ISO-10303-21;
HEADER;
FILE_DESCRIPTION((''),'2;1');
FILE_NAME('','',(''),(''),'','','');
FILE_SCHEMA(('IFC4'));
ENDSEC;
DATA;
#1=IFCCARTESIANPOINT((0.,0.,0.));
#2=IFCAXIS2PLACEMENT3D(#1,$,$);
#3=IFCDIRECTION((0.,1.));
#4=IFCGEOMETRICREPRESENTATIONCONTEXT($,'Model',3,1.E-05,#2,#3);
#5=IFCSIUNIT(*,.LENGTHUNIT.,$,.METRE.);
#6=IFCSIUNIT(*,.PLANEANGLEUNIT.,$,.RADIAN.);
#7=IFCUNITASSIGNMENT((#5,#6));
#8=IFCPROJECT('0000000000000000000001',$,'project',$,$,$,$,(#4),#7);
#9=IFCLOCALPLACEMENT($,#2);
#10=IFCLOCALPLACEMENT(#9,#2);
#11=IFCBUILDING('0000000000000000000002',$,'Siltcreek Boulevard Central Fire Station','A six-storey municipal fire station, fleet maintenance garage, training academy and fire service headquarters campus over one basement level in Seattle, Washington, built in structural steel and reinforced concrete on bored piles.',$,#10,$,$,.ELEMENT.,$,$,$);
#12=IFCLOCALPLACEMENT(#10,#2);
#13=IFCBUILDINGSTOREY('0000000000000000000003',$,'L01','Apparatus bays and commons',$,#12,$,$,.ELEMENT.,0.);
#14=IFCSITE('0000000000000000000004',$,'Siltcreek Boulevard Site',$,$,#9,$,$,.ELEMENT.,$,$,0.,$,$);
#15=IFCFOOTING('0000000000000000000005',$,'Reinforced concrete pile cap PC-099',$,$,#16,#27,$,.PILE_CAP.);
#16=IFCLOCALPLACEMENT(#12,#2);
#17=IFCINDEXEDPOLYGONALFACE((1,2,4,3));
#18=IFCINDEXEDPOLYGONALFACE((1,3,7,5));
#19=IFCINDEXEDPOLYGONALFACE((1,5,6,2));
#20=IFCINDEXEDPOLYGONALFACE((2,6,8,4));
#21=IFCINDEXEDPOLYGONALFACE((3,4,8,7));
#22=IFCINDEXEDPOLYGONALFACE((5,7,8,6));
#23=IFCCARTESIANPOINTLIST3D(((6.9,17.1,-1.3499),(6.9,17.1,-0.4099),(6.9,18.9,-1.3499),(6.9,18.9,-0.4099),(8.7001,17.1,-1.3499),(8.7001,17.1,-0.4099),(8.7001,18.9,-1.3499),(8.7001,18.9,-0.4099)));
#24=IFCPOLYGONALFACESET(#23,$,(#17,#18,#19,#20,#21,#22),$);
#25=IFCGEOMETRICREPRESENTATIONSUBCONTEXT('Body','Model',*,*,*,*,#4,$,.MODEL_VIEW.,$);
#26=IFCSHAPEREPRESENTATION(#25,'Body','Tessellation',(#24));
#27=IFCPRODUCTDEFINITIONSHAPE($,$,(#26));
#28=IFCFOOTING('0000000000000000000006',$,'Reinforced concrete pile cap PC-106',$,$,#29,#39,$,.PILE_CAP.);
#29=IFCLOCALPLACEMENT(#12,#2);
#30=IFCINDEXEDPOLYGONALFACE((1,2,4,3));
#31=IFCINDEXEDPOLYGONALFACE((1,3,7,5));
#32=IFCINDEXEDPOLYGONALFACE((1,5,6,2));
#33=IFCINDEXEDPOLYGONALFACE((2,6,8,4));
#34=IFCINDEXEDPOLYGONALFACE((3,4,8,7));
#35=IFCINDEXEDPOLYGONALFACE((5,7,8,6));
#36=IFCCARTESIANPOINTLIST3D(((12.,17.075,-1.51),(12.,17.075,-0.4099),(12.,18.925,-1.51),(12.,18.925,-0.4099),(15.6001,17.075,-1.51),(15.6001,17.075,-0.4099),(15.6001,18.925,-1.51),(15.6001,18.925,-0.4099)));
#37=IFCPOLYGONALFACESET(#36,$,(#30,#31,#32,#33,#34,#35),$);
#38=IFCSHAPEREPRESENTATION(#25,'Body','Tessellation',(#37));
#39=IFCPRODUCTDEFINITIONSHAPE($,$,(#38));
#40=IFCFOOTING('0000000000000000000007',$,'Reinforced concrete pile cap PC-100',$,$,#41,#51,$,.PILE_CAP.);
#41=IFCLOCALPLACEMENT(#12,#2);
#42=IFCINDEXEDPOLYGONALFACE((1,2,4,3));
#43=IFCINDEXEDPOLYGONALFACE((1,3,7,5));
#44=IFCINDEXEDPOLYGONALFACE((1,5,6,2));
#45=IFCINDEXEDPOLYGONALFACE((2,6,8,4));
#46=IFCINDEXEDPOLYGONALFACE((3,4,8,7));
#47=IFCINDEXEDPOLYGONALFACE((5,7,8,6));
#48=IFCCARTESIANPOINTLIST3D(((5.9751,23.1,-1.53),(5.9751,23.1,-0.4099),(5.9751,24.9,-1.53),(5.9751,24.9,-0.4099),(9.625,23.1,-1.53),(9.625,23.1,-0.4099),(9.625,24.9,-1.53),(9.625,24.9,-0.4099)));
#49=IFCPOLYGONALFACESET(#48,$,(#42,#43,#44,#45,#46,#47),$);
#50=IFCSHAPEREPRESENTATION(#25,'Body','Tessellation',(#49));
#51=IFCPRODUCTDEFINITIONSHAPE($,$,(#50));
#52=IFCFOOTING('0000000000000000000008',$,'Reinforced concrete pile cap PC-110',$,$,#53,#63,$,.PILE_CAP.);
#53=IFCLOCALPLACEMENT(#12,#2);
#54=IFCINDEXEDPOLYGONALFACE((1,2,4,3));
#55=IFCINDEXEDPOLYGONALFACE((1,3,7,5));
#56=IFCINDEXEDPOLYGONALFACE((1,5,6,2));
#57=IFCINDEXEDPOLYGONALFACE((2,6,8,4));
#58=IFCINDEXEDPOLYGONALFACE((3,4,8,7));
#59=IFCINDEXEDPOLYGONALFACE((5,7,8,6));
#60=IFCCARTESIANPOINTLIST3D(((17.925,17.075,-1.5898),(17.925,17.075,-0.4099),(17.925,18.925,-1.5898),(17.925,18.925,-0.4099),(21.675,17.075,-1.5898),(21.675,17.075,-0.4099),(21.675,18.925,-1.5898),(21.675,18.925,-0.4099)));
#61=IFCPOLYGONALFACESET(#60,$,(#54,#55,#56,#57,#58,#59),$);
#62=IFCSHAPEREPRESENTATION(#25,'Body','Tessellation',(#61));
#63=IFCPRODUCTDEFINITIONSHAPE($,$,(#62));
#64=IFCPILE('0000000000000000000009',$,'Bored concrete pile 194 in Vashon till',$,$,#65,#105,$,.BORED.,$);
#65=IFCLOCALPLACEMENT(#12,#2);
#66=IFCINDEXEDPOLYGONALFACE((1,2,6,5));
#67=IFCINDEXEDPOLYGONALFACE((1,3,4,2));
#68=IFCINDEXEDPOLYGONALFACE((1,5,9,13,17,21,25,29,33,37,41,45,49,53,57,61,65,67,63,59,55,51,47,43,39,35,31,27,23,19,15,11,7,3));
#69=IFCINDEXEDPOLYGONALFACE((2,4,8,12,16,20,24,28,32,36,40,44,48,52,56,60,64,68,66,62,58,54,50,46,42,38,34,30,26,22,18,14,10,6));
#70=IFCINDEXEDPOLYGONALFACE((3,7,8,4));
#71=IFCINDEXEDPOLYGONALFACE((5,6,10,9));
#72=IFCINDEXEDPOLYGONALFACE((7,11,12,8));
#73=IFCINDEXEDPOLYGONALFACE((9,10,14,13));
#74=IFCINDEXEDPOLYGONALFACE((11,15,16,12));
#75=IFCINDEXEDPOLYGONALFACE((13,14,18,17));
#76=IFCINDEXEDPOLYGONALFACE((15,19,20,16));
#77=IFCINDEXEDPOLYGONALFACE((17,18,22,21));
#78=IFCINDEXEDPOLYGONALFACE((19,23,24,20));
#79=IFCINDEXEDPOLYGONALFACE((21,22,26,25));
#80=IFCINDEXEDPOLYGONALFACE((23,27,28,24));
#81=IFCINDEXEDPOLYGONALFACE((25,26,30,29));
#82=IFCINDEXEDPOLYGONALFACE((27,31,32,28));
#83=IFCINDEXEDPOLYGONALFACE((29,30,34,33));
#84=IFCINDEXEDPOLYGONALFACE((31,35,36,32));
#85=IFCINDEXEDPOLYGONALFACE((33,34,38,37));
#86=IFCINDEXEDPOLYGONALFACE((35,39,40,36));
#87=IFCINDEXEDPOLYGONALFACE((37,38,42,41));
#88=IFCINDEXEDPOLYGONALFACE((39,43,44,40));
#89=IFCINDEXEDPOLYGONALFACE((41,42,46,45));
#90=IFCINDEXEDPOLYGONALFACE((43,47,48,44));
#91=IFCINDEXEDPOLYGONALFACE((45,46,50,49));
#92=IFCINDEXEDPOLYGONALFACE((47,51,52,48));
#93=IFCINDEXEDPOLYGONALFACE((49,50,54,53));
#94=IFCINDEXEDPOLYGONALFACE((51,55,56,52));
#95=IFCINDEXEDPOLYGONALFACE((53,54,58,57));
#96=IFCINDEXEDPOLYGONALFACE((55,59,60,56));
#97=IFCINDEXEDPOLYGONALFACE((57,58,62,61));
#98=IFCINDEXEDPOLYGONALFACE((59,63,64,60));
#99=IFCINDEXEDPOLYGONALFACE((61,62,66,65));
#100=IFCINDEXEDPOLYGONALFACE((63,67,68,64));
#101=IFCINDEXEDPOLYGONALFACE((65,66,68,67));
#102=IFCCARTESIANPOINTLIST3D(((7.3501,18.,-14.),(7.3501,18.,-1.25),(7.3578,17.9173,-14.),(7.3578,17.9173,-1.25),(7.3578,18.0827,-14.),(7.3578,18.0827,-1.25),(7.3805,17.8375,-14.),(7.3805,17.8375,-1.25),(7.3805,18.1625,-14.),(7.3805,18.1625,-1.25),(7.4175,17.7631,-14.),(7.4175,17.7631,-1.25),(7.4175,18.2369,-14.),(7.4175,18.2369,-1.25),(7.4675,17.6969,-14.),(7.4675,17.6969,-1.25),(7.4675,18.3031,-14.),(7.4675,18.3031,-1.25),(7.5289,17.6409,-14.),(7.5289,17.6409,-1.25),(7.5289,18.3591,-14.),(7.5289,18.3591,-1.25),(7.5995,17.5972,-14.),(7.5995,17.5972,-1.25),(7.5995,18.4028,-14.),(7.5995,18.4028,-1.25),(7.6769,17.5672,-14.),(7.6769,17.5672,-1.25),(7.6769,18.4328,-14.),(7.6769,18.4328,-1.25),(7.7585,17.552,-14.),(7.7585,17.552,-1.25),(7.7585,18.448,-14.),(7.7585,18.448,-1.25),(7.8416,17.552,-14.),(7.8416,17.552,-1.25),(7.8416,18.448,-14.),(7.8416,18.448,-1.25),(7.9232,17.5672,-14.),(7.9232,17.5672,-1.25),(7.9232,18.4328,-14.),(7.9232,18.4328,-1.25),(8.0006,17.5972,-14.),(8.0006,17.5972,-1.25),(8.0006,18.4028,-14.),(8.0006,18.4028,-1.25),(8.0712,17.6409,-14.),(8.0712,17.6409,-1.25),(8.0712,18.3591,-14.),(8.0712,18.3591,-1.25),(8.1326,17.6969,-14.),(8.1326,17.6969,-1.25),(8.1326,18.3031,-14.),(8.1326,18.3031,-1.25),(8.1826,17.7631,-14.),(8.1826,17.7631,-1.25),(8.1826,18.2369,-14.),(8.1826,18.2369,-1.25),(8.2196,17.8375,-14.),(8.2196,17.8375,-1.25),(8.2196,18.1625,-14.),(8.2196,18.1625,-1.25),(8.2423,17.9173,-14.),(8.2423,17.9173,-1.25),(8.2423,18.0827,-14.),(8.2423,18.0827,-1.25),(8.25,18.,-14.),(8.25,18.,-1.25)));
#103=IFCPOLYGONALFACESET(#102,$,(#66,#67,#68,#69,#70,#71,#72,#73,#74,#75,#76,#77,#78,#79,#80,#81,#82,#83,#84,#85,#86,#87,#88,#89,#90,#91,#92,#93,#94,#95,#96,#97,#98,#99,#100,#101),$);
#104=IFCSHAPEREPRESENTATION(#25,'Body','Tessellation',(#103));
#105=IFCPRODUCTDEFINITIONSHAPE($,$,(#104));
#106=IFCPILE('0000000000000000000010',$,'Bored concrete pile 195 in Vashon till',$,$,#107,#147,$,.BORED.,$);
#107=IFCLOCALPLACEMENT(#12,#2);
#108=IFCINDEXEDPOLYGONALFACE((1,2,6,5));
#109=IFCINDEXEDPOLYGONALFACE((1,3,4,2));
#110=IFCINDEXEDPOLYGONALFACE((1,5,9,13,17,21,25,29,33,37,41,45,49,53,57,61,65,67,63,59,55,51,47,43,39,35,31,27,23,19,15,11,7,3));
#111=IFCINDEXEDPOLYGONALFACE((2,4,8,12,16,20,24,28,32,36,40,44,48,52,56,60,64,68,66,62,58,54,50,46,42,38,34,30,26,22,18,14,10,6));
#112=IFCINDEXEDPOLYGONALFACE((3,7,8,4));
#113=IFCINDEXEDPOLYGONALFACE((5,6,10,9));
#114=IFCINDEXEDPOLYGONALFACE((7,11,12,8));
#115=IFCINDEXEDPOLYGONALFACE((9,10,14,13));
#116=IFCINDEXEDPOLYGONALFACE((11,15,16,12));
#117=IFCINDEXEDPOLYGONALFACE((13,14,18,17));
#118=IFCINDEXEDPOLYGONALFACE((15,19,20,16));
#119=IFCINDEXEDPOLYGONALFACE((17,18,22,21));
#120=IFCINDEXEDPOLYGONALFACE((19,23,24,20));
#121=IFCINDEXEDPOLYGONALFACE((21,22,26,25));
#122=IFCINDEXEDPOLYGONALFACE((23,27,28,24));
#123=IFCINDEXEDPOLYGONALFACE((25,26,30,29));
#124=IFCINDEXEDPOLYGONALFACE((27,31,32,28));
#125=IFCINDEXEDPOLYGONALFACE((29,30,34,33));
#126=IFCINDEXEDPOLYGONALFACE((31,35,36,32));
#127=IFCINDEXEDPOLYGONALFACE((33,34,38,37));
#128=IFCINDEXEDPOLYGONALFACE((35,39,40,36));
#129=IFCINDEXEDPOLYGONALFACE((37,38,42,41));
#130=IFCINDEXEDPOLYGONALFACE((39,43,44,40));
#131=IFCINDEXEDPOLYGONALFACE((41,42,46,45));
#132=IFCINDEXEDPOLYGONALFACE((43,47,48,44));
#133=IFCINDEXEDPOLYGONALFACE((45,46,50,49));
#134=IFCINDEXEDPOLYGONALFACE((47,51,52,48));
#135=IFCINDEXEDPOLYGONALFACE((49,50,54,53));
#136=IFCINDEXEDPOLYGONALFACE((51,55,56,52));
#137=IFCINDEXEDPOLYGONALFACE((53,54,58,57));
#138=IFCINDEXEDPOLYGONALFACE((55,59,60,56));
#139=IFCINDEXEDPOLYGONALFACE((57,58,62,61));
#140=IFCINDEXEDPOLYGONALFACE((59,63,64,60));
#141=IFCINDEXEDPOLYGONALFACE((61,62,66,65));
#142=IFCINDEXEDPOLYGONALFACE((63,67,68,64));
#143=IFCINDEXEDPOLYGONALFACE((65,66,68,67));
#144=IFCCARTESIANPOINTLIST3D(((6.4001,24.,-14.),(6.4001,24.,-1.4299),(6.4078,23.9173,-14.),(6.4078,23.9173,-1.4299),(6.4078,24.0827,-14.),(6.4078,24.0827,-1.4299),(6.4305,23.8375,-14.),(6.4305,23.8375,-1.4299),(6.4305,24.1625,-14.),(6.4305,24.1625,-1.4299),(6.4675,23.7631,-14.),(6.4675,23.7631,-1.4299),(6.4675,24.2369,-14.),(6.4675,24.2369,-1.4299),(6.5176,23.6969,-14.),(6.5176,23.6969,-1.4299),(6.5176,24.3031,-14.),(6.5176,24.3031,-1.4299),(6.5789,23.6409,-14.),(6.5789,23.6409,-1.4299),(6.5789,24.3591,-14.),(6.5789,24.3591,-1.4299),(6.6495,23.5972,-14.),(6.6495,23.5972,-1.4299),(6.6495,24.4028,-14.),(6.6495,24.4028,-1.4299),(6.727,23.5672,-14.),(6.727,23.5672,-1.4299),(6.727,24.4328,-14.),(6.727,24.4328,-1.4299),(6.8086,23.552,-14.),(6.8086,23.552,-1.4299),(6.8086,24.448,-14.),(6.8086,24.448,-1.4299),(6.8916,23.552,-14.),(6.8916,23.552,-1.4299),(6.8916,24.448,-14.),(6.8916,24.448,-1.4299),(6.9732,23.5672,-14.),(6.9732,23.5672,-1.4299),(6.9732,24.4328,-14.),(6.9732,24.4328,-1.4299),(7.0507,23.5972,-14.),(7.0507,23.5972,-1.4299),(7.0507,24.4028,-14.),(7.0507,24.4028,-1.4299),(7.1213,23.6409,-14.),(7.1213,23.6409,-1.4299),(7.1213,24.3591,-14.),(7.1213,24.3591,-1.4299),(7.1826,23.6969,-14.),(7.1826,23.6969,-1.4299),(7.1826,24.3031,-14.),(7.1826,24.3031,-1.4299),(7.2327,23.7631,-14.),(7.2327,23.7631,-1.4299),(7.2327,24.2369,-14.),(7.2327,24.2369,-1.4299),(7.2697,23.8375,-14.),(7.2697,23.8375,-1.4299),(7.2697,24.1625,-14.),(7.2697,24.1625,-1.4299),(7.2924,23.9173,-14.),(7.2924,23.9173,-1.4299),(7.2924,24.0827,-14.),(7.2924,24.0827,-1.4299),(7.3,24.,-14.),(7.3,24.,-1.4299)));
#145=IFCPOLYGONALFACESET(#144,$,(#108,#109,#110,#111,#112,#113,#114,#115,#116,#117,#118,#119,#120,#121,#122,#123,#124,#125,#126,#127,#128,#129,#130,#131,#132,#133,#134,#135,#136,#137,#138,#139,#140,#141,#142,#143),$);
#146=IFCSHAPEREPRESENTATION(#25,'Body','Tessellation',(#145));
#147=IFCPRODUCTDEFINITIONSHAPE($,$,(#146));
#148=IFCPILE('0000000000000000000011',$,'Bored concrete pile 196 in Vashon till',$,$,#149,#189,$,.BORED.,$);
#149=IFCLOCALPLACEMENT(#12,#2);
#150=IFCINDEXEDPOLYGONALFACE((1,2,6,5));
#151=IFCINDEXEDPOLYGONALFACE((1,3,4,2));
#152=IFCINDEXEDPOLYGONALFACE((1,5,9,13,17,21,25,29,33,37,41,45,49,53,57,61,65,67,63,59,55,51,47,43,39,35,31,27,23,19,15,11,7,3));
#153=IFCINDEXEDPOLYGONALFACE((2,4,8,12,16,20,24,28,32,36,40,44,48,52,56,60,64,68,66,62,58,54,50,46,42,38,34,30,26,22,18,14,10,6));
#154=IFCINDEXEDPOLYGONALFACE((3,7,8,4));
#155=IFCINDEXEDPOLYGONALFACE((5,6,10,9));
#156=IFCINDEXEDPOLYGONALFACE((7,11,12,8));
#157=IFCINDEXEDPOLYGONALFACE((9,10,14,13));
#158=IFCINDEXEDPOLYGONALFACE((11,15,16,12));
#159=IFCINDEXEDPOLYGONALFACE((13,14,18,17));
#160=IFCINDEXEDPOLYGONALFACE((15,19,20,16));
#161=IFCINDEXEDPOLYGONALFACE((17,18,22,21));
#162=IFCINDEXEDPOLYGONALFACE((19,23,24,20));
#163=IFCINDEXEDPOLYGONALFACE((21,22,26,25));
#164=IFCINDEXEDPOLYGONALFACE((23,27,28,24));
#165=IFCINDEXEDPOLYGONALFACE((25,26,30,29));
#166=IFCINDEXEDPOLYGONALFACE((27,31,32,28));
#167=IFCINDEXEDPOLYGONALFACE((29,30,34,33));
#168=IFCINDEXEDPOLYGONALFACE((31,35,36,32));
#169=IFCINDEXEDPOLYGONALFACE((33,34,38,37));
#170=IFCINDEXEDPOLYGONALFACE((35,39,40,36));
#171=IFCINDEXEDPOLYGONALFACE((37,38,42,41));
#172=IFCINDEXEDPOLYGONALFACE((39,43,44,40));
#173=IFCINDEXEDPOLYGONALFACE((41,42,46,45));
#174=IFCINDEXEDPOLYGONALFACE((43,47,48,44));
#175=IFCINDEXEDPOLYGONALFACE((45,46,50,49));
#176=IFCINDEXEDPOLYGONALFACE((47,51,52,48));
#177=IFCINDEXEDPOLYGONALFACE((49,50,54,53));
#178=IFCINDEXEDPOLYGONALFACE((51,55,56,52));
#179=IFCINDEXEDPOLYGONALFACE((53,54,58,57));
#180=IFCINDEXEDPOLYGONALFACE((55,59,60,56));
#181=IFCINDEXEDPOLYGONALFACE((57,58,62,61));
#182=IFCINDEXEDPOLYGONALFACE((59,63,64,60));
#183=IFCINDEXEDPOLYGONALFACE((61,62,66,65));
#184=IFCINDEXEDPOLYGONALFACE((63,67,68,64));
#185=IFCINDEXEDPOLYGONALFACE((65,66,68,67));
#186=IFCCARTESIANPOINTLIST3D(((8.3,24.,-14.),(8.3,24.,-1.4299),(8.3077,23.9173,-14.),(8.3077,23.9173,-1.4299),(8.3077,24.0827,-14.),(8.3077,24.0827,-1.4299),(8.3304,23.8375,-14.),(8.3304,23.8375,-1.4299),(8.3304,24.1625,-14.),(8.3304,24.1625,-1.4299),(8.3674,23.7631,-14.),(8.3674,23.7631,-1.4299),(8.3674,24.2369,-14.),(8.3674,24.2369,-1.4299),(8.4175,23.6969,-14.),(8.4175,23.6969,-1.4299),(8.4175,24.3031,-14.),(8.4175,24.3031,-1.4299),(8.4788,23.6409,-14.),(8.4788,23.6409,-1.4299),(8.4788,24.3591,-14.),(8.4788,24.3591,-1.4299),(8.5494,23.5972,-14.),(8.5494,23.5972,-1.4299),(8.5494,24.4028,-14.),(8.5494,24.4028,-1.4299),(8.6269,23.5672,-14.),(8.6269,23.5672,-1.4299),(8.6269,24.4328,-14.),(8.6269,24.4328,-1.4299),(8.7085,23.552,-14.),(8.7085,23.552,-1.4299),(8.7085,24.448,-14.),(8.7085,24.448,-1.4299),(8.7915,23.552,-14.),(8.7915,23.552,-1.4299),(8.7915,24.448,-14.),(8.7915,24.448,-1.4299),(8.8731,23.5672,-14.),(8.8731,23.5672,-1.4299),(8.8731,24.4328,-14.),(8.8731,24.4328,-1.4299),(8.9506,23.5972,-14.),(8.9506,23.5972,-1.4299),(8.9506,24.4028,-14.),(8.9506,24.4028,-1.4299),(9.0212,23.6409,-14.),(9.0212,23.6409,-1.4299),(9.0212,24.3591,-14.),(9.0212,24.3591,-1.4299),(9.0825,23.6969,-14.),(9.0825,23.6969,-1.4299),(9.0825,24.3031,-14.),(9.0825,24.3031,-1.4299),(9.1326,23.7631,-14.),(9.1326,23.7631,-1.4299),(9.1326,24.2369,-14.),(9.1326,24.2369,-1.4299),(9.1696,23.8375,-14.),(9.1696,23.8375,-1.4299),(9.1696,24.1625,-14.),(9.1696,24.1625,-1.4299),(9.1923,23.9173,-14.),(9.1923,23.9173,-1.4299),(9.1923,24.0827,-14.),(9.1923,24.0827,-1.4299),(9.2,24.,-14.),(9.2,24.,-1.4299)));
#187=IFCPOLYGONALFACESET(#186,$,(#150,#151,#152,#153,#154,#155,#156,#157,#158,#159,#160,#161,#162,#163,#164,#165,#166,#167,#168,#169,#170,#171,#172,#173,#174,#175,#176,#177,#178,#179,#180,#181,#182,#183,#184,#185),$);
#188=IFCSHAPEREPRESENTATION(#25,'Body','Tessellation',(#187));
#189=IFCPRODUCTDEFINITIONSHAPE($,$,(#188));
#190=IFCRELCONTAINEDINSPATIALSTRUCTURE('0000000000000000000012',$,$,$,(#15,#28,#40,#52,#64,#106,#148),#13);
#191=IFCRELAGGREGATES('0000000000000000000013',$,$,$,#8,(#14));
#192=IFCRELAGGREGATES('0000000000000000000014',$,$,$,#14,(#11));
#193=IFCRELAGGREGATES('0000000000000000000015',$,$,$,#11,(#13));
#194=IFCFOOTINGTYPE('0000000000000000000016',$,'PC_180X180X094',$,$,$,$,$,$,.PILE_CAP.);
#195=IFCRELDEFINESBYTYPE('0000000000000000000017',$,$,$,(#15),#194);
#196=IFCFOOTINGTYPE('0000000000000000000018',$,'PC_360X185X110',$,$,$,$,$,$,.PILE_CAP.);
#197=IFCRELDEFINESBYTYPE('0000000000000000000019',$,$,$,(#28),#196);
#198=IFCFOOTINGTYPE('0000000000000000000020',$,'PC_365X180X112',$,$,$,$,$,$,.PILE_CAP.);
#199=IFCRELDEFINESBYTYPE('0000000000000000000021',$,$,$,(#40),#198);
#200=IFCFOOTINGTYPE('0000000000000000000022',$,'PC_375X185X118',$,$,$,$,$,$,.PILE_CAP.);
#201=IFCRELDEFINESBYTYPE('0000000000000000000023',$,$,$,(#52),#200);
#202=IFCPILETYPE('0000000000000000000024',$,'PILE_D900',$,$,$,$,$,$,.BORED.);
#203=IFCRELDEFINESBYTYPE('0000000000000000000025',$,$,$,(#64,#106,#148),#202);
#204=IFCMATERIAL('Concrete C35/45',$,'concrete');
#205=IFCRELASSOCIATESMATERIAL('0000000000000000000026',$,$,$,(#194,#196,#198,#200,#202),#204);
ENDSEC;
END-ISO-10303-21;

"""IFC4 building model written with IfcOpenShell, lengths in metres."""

from ifc_helpers import new_model, si_unit, direction, frame, origin, origin_2d, place, context, subcontext, project, spatial, rectangle, circle, extrude, material, material_profile, profile_set, type_object, element, save


model = new_model("IFC4")

# Units and contexts
model_context = context("Model", 3, precision=1e-05, world=origin(), true_north=direction((0.0, 1.0)))
body_context = subcontext(model_context, "Body", "Model", "MODEL_VIEW")
ifc_project = project(units=[si_unit("LENGTHUNIT", "METRE"), si_unit("PLANEANGLEUNIT", "RADIAN")], contexts=[model_context])

# Site, building, storey
site_placement = place(None, origin())
site = spatial("IfcSite", under=ifc_project, at=site_placement, Name="Siltcreek Boulevard Site", CompositionType="ELEMENT", RefElevation=0.0)
building_placement = place(site_placement, origin())
building = spatial("IfcBuilding", under=site, at=building_placement, Name="Siltcreek Boulevard Central Fire Station", Description="A six-storey municipal fire station, fleet maintenance garage, training academy and fire service headquarters campus over one basement level in Seattle, Washington, built in structural steel and reinforced concrete on bored piles.", CompositionType="ELEMENT")
storey_placement = place(building_placement, origin())
storey = spatial("IfcBuildingStorey", under=building, at=storey_placement, Name="L01", Description="Apparatus bays and commons", CompositionType="ELEMENT", Elevation=0.0)

# Footings
ifc_material_1 = material(Name="Concrete C35/45", Category="concrete")
footing_type_1 = type_object("IfcFootingType", Name="PC_180X180X094", PredefinedType="PILE_CAP", material=ifc_material_1)
footing_1_placement = place(storey_placement, frame((7.8, 18.0, -1.3499), z_axis=(0.0, 0.0, 1.0), x_axis=(1.0, 0.0, 0.0)))
element("IfcFooting", 1, at=footing_1_placement, inside=storey, type_object=footing_type_1, Name="Reinforced concrete pile cap PC-099", PredefinedType="PILE_CAP", context=body_context, shape_type="SweptSolid", body=[
    extrude(rectangle(XDim=1.8, YDim=1.8, at=origin_2d()), origin(), (0.0, 0.0, 1.0), 0.9399),
])
footing_type_2 = type_object("IfcFootingType", Name="PC_360X185X110", PredefinedType="PILE_CAP", material=ifc_material_1)
footing_2_placement = place(storey_placement, frame((13.8, 18.0, -1.51), z_axis=(0.0, 0.0, 1.0), x_axis=(1.0, 0.0, 0.0)))
element("IfcFooting", 2, at=footing_2_placement, inside=storey, type_object=footing_type_2, Name="Reinforced concrete pile cap PC-106", PredefinedType="PILE_CAP", context=body_context, shape_type="SweptSolid", body=[
    extrude(rectangle(XDim=3.6001, YDim=1.8501, at=origin_2d()), origin(), (0.0, 0.0, 1.0), 1.1001),
])
footing_type_3 = type_object("IfcFootingType", Name="PC_365X180X112", PredefinedType="PILE_CAP", material=ifc_material_1)
footing_3_placement = place(storey_placement, frame((7.8, 24.0, -1.53), z_axis=(0.0, 0.0, 1.0), x_axis=(1.0, 0.0, 0.0)))
element("IfcFooting", 3, at=footing_3_placement, inside=storey, type_object=footing_type_3, Name="Reinforced concrete pile cap PC-100", PredefinedType="PILE_CAP", context=body_context, shape_type="SweptSolid", body=[
    extrude(rectangle(XDim=3.6499, YDim=1.8, at=origin_2d()), origin(), (0.0, 0.0, 1.0), 1.1201),
])
footing_type_4 = type_object("IfcFootingType", Name="PC_375X185X118", PredefinedType="PILE_CAP", material=ifc_material_1)
footing_4_placement = place(storey_placement, frame((19.8, 18.0, -1.5898), z_axis=(0.0, 0.0, 1.0), x_axis=(1.0, 0.0, 0.0)))
element("IfcFooting", 4, at=footing_4_placement, inside=storey, type_object=footing_type_4, Name="Reinforced concrete pile cap PC-110", PredefinedType="PILE_CAP", context=body_context, shape_type="SweptSolid", body=[
    extrude(rectangle(XDim=3.75, YDim=1.8501, at=origin_2d()), origin(), (0.0, 0.0, 1.0), 1.1799),
])

# Piles
ifc_material_profile_1 = material_profile(ifc_material_1, circle(Radius=0.45, at=origin_2d()), Name="SHAFT900")
ifc_profile_set_1 = profile_set([ifc_material_profile_1], Name="Concrete C35/45")
pile_type = type_object("IfcPileType", Name="PILE_D900", PredefinedType="BORED", material=ifc_profile_set_1)
pile_1_placement = place(storey_placement, frame((7.8, 18.0, -1.25), z_axis=(0.0, 0.0, -1.0), x_axis=(1.0, 0.0, 0.0)))
element("IfcPile", 5, at=pile_1_placement, inside=storey, type_object=pile_type, Name="Bored concrete pile 194 in Vashon till", PredefinedType="BORED", context=body_context, shape_type="SweptSolid", body=[
    extrude(circle(Radius=0.45, at=origin_2d()), origin(), (0.0, 0.0, 1.0), 12.75),
])
for number, where, z_axis, x_axis, name in (
    (6, (6.8501, 24.0, -1.4299), (0.0, 0.0, -1.0), (1.0, 0.0, 0.0), "Bored concrete pile 195 in Vashon till"),
    (7, (8.75, 24.0, -1.4299), (0.0, 0.0, -1.0), (1.0, 0.0, 0.0), "Bored concrete pile 196 in Vashon till"),
):
    element("IfcPile", number, at=place(storey_placement, frame(where, z_axis=z_axis, x_axis=x_axis)), inside=storey, type_object=pile_type, Name=name, PredefinedType="BORED", context=body_context, shape_type="SweptSolid", body=[
        extrude(circle(Radius=0.45, at=origin_2d()), origin(), (0.0, 0.0, 1.0), 12.5701),
    ])

save(model, "model.ifc")
